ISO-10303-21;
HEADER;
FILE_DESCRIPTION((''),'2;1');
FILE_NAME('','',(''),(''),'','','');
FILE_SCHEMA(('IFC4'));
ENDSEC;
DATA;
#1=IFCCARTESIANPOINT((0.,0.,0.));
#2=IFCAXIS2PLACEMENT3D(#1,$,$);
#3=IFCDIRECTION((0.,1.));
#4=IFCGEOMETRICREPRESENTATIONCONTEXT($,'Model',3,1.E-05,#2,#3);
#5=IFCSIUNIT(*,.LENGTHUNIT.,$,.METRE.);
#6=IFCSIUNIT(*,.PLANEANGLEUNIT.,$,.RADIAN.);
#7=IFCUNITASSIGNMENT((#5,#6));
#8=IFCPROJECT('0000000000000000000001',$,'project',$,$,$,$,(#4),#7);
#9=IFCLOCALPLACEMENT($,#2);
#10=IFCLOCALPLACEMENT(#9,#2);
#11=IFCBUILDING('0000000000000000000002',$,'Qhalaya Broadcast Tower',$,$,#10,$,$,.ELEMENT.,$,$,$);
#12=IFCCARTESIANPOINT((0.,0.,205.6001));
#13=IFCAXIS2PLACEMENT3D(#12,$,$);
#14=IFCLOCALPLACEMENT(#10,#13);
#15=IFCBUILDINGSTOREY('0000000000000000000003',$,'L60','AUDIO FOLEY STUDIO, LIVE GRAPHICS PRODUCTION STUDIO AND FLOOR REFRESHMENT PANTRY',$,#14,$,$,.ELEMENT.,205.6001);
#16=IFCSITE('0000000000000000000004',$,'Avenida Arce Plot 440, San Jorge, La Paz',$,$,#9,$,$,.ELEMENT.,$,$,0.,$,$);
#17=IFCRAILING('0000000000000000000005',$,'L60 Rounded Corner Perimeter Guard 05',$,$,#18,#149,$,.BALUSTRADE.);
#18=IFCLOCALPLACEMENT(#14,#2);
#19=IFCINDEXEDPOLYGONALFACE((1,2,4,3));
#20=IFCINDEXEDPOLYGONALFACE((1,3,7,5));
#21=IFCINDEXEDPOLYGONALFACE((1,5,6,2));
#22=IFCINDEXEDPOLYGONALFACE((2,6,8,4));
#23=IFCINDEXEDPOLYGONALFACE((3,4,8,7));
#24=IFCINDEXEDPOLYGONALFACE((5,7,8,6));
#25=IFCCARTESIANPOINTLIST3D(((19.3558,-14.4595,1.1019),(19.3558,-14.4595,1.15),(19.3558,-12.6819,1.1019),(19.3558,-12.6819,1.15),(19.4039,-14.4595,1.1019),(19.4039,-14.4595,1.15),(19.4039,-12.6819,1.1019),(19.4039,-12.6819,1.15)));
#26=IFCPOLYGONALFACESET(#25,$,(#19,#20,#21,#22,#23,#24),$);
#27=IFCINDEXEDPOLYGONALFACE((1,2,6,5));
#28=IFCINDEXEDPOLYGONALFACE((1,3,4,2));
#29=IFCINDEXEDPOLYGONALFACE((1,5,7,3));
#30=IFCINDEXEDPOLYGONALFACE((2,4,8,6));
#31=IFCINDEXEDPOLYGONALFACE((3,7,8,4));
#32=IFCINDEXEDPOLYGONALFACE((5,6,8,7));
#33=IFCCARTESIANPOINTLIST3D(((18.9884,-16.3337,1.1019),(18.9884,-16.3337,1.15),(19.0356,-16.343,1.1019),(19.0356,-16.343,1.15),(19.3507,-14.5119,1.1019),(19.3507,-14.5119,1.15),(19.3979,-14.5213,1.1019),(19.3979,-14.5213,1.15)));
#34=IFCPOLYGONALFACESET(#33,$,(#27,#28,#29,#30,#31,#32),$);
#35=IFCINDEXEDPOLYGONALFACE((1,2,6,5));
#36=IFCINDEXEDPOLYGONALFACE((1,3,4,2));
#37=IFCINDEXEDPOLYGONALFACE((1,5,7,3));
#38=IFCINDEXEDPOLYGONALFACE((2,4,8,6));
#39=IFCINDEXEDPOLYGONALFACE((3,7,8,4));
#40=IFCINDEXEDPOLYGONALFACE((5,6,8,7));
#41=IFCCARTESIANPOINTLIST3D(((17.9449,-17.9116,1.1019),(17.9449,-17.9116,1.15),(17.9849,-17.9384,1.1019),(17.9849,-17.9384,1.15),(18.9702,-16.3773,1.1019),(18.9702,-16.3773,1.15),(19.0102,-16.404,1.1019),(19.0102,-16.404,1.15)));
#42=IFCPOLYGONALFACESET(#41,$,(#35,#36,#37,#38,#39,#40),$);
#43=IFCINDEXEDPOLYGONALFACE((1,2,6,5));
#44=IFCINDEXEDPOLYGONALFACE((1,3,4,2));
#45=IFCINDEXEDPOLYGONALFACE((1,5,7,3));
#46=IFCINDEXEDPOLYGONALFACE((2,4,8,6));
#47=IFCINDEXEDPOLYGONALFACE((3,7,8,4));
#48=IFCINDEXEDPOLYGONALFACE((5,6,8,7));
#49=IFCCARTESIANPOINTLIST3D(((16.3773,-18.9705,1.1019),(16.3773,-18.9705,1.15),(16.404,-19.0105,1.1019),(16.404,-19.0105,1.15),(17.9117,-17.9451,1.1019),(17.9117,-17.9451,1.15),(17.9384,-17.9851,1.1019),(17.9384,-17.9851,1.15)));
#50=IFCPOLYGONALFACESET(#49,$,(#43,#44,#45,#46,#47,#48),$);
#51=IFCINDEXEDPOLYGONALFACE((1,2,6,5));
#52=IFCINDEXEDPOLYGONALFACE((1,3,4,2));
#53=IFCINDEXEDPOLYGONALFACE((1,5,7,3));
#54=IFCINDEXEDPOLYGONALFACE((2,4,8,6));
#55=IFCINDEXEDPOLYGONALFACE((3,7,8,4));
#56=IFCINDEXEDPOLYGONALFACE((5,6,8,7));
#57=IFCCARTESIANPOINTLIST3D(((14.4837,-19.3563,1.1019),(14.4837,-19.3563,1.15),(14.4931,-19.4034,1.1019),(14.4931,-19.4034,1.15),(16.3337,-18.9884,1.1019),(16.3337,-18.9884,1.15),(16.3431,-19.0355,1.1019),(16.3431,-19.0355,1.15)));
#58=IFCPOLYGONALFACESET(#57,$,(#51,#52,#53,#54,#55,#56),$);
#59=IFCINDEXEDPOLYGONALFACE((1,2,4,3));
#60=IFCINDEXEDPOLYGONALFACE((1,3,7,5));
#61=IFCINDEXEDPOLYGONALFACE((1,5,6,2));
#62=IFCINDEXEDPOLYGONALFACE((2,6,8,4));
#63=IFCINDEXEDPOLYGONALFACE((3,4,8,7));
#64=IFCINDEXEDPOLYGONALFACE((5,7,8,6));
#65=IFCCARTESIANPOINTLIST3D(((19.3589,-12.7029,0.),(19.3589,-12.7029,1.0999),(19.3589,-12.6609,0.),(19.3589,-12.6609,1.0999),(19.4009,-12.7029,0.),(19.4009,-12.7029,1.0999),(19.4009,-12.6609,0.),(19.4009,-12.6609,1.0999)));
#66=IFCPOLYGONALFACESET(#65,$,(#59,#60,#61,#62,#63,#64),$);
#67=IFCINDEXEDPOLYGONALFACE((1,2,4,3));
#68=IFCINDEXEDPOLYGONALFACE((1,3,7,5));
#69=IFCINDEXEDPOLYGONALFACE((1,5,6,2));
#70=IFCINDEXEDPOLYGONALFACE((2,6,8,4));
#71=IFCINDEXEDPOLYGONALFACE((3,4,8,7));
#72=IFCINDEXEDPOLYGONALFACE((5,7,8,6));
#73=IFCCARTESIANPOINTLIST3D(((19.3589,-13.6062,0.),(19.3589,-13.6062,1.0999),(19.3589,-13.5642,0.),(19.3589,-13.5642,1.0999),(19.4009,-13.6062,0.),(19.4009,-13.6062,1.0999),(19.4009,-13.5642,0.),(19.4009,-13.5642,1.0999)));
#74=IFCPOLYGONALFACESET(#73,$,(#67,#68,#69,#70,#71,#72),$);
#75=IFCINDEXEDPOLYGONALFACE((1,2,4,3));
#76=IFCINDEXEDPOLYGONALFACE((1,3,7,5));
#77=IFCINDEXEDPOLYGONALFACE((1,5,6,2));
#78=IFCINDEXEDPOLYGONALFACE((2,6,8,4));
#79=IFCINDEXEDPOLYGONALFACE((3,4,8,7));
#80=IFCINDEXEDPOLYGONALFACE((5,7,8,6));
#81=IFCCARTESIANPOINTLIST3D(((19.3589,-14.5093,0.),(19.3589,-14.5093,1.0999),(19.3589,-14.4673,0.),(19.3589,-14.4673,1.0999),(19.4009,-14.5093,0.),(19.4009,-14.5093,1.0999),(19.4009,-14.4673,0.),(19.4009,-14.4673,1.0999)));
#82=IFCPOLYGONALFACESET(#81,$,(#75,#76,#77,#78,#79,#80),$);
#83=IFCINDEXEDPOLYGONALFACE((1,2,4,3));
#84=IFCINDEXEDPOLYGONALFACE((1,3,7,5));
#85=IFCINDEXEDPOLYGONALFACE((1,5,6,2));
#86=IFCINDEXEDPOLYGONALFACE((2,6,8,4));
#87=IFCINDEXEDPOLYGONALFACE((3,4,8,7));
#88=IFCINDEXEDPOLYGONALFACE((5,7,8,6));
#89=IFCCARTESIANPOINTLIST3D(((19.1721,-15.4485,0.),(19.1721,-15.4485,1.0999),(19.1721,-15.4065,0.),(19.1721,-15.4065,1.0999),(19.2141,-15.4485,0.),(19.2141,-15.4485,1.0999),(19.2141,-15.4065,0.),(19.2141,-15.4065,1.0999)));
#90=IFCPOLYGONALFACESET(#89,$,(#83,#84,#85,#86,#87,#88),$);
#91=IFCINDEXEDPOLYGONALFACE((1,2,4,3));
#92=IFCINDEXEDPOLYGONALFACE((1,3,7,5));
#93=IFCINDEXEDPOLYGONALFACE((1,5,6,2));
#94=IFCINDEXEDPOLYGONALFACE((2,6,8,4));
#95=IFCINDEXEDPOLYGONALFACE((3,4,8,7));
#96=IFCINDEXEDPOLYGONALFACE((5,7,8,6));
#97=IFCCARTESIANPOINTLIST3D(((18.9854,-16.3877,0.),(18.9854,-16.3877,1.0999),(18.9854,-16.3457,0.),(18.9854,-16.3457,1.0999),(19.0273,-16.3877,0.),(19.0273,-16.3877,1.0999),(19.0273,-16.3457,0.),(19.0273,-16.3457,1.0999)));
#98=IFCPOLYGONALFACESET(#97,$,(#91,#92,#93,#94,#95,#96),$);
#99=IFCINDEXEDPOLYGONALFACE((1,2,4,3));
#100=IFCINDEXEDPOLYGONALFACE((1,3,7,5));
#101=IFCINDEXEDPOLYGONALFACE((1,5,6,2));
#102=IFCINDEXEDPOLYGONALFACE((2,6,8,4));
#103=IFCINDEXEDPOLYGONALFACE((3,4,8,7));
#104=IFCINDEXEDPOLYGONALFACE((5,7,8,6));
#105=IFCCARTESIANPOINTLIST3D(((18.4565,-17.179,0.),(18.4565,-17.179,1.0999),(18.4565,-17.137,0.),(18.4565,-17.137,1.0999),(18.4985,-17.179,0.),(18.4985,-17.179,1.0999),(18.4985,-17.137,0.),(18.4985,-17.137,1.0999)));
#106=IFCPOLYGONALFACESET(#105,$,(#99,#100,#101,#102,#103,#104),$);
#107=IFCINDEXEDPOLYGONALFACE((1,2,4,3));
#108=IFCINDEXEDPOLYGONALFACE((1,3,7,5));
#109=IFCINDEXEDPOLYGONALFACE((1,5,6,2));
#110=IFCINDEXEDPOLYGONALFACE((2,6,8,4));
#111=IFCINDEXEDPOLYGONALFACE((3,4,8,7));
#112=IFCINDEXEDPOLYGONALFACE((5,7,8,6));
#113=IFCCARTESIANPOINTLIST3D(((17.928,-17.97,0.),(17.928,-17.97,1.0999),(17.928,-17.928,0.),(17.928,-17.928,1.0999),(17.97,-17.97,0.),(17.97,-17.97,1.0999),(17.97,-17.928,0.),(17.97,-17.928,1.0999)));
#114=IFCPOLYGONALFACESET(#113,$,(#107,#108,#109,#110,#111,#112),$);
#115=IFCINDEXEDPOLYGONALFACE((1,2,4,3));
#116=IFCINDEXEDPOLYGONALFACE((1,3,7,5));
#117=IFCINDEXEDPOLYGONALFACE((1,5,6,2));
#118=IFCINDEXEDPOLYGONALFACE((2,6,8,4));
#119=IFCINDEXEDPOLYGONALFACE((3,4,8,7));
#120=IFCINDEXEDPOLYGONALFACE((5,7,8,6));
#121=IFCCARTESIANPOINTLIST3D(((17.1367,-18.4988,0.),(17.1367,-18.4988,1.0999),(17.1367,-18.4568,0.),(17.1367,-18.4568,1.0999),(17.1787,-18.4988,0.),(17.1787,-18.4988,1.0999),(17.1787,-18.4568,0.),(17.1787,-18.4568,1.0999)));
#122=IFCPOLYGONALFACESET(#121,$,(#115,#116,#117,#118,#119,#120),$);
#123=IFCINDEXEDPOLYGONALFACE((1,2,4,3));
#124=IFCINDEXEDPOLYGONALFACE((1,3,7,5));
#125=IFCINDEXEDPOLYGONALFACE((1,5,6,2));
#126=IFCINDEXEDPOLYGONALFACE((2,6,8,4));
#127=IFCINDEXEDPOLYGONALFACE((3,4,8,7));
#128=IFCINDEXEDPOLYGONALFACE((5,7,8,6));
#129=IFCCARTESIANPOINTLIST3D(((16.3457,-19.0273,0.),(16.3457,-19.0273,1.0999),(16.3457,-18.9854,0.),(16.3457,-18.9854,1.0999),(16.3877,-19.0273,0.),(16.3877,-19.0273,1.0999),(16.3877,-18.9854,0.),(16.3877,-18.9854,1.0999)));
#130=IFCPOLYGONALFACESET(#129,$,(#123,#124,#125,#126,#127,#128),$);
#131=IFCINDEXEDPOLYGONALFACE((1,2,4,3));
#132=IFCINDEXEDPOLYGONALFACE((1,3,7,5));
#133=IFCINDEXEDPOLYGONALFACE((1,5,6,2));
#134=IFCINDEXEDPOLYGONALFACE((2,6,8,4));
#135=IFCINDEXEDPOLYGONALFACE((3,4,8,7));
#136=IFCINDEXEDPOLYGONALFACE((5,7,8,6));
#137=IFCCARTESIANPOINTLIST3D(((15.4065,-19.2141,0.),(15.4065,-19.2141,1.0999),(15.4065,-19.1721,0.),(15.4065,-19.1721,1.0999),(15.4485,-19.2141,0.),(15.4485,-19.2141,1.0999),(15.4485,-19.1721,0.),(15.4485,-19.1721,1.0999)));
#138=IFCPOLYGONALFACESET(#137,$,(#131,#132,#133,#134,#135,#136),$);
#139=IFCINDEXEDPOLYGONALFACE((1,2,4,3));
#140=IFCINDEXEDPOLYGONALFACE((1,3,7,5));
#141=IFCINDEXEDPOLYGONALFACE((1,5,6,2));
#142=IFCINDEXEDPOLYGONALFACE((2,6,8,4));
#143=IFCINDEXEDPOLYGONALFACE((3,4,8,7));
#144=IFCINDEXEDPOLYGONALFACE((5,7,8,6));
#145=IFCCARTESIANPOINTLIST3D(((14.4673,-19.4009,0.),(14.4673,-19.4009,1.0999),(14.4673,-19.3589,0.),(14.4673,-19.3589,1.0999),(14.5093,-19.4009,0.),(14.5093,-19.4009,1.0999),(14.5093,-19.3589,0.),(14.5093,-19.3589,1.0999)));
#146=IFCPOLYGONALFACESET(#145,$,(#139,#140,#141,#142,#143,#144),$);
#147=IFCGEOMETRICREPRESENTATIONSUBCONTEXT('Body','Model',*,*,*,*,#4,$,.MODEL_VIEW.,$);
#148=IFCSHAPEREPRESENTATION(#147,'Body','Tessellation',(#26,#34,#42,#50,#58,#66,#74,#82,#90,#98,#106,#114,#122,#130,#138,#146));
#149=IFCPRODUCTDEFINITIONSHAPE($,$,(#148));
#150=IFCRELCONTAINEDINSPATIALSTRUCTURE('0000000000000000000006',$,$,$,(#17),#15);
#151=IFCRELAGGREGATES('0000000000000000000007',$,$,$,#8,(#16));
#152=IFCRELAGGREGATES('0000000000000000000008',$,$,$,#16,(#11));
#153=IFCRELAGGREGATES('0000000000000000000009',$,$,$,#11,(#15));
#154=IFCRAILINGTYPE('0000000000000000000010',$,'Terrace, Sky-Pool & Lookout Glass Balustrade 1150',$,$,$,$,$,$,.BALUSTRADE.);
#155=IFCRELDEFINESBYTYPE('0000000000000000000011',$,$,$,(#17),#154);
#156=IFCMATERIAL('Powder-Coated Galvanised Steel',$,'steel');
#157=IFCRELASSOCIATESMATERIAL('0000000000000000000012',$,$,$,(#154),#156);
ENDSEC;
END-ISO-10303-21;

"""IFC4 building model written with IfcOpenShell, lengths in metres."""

from ifc_helpers import new_model, si_unit, direction, frame, origin, origin_2d, place, context, subcontext, project, spatial, rectangle, extrude, material, type_object, element, save


model = new_model("IFC4")

# Units and contexts
model_context = context("Model", 3, precision=1e-05, world=origin(), true_north=direction((0.0, 1.0)))
body_context = subcontext(model_context, "Body", "Model", "MODEL_VIEW")
ifc_project = project(units=[si_unit("LENGTHUNIT", "METRE"), si_unit("PLANEANGLEUNIT", "RADIAN")], contexts=[model_context])

# Site, building, storey
site_placement = place(None, origin())
site = spatial("IfcSite", under=ifc_project, at=site_placement, Name="Avenida Arce Plot 440, San Jorge, La Paz", CompositionType="ELEMENT", RefElevation=0.0)
building_placement = place(site_placement, origin())
building = spatial("IfcBuilding", under=site, at=building_placement, Name="Qhalaya Broadcast Tower", CompositionType="ELEMENT")
storey_placement = place(building_placement, frame((0.0, 0.0, 205.6001)))
storey = spatial("IfcBuildingStorey", under=building, at=storey_placement, Name="L60", Description="AUDIO FOLEY STUDIO, LIVE GRAPHICS PRODUCTION STUDIO AND FLOOR REFRESHMENT PANTRY", CompositionType="ELEMENT", Elevation=205.6001)

# Railing
ifc_material_1 = material(Name="Powder-Coated Galvanised Steel", Category="steel")
railing_type = type_object("IfcRailingType", Name="Terrace, Sky-Pool & Lookout Glass Balustrade 1150", PredefinedType="BALUSTRADE", material=ifc_material_1)
railing_1_placement = place(storey_placement, frame((19.3799, -12.6819, 0.0)))
element("IfcRailing", 1, at=railing_1_placement, inside=storey, type_object=railing_type, Name="L60 Rounded Corner Perimeter Guard 05", PredefinedType="BALUSTRADE", context=body_context, shape_type="SweptSolid", body=[
    extrude(rectangle(XDim=0.0481, YDim=0.0481, at=origin_2d()), frame((0.0, 0.0, 1.126), z_axis=(0.0, -1.0, 0.0), x_axis=(1.0, 0.0, 0.0)), (0.0, 0.0, 1.0), 1.7776),
    extrude(rectangle(XDim=0.0481, YDim=0.0481, at=origin_2d()), frame((-0.0056, -1.8347, 1.126), z_axis=(-0.195037, -0.980796, 0.0), x_axis=(0.980796, -0.195037, 0.0)), (0.0, 0.0, 1.0), 1.8574),
    extrude(rectangle(XDim=0.0481, YDim=0.0481, at=origin_2d()), frame((-0.3896, -3.7087, 1.126), z_axis=(-0.555618, -0.831438, 0.0), x_axis=(0.831438, -0.555618, 0.0)), (0.0, 0.0, 1.0), 1.8455),
    extrude(rectangle(XDim=0.0481, YDim=0.0481, at=origin_2d()), frame((-1.4548, -5.2832, 1.126), z_axis=(-0.831438, -0.555618, 0.0), x_axis=(0.555618, -0.831438, 0.0)), (0.0, 0.0, 1.0), 1.8455),
    extrude(rectangle(XDim=0.0481, YDim=0.0481, at=origin_2d()), frame((-3.0415, -6.3301, 1.126), z_axis=(-0.980796, -0.195037, 0.0), x_axis=(0.195037, -0.980796, 0.0)), (0.0, 0.0, 1.0), 1.8862),
    extrude(rectangle(XDim=0.042, YDim=0.042, at=origin_2d()), origin(), (0.0, 0.0, 1.0), 1.0999),
    extrude(rectangle(XDim=0.042, YDim=0.042, at=origin_2d()), frame((0.0, -0.9033, 0.0)), (0.0, 0.0, 1.0), 1.0999),
    extrude(rectangle(XDim=0.042, YDim=0.042, at=origin_2d()), frame((0.0, -1.8064, 0.0)), (0.0, 0.0, 1.0), 1.0999),
    extrude(rectangle(XDim=0.042, YDim=0.042, at=origin_2d()), frame((-0.1868, -2.7456, 0.0)), (0.0, 0.0, 1.0), 1.0999),
    extrude(rectangle(XDim=0.042, YDim=0.042, at=origin_2d()), frame((-0.3735, -3.6848, 0.0)), (0.0, 0.0, 1.0), 1.0999),
    extrude(rectangle(XDim=0.042, YDim=0.042, at=origin_2d()), frame((-0.9023, -4.4761, 0.0)), (0.0, 0.0, 1.0), 1.0999),
    extrude(rectangle(XDim=0.042, YDim=0.042, at=origin_2d()), frame((-1.4309, -5.2671, 0.0)), (0.0, 0.0, 1.0), 1.0999),
    extrude(rectangle(XDim=0.042, YDim=0.042, at=origin_2d()), frame((-2.2222, -5.7959, 0.0)), (0.0, 0.0, 1.0), 1.0999),
    extrude(rectangle(XDim=0.042, YDim=0.042, at=origin_2d()), frame((-3.0132, -6.3245, 0.0)), (0.0, 0.0, 1.0), 1.0999),
    extrude(rectangle(XDim=0.042, YDim=0.042, at=origin_2d()), frame((-3.9524, -6.5112, 0.0)), (0.0, 0.0, 1.0), 1.0999),
    extrude(rectangle(XDim=0.042, YDim=0.042, at=origin_2d()), frame((-4.8916, -6.698, 0.0)), (0.0, 0.0, 1.0), 1.0999),
])

save(model, "model.ifc")
